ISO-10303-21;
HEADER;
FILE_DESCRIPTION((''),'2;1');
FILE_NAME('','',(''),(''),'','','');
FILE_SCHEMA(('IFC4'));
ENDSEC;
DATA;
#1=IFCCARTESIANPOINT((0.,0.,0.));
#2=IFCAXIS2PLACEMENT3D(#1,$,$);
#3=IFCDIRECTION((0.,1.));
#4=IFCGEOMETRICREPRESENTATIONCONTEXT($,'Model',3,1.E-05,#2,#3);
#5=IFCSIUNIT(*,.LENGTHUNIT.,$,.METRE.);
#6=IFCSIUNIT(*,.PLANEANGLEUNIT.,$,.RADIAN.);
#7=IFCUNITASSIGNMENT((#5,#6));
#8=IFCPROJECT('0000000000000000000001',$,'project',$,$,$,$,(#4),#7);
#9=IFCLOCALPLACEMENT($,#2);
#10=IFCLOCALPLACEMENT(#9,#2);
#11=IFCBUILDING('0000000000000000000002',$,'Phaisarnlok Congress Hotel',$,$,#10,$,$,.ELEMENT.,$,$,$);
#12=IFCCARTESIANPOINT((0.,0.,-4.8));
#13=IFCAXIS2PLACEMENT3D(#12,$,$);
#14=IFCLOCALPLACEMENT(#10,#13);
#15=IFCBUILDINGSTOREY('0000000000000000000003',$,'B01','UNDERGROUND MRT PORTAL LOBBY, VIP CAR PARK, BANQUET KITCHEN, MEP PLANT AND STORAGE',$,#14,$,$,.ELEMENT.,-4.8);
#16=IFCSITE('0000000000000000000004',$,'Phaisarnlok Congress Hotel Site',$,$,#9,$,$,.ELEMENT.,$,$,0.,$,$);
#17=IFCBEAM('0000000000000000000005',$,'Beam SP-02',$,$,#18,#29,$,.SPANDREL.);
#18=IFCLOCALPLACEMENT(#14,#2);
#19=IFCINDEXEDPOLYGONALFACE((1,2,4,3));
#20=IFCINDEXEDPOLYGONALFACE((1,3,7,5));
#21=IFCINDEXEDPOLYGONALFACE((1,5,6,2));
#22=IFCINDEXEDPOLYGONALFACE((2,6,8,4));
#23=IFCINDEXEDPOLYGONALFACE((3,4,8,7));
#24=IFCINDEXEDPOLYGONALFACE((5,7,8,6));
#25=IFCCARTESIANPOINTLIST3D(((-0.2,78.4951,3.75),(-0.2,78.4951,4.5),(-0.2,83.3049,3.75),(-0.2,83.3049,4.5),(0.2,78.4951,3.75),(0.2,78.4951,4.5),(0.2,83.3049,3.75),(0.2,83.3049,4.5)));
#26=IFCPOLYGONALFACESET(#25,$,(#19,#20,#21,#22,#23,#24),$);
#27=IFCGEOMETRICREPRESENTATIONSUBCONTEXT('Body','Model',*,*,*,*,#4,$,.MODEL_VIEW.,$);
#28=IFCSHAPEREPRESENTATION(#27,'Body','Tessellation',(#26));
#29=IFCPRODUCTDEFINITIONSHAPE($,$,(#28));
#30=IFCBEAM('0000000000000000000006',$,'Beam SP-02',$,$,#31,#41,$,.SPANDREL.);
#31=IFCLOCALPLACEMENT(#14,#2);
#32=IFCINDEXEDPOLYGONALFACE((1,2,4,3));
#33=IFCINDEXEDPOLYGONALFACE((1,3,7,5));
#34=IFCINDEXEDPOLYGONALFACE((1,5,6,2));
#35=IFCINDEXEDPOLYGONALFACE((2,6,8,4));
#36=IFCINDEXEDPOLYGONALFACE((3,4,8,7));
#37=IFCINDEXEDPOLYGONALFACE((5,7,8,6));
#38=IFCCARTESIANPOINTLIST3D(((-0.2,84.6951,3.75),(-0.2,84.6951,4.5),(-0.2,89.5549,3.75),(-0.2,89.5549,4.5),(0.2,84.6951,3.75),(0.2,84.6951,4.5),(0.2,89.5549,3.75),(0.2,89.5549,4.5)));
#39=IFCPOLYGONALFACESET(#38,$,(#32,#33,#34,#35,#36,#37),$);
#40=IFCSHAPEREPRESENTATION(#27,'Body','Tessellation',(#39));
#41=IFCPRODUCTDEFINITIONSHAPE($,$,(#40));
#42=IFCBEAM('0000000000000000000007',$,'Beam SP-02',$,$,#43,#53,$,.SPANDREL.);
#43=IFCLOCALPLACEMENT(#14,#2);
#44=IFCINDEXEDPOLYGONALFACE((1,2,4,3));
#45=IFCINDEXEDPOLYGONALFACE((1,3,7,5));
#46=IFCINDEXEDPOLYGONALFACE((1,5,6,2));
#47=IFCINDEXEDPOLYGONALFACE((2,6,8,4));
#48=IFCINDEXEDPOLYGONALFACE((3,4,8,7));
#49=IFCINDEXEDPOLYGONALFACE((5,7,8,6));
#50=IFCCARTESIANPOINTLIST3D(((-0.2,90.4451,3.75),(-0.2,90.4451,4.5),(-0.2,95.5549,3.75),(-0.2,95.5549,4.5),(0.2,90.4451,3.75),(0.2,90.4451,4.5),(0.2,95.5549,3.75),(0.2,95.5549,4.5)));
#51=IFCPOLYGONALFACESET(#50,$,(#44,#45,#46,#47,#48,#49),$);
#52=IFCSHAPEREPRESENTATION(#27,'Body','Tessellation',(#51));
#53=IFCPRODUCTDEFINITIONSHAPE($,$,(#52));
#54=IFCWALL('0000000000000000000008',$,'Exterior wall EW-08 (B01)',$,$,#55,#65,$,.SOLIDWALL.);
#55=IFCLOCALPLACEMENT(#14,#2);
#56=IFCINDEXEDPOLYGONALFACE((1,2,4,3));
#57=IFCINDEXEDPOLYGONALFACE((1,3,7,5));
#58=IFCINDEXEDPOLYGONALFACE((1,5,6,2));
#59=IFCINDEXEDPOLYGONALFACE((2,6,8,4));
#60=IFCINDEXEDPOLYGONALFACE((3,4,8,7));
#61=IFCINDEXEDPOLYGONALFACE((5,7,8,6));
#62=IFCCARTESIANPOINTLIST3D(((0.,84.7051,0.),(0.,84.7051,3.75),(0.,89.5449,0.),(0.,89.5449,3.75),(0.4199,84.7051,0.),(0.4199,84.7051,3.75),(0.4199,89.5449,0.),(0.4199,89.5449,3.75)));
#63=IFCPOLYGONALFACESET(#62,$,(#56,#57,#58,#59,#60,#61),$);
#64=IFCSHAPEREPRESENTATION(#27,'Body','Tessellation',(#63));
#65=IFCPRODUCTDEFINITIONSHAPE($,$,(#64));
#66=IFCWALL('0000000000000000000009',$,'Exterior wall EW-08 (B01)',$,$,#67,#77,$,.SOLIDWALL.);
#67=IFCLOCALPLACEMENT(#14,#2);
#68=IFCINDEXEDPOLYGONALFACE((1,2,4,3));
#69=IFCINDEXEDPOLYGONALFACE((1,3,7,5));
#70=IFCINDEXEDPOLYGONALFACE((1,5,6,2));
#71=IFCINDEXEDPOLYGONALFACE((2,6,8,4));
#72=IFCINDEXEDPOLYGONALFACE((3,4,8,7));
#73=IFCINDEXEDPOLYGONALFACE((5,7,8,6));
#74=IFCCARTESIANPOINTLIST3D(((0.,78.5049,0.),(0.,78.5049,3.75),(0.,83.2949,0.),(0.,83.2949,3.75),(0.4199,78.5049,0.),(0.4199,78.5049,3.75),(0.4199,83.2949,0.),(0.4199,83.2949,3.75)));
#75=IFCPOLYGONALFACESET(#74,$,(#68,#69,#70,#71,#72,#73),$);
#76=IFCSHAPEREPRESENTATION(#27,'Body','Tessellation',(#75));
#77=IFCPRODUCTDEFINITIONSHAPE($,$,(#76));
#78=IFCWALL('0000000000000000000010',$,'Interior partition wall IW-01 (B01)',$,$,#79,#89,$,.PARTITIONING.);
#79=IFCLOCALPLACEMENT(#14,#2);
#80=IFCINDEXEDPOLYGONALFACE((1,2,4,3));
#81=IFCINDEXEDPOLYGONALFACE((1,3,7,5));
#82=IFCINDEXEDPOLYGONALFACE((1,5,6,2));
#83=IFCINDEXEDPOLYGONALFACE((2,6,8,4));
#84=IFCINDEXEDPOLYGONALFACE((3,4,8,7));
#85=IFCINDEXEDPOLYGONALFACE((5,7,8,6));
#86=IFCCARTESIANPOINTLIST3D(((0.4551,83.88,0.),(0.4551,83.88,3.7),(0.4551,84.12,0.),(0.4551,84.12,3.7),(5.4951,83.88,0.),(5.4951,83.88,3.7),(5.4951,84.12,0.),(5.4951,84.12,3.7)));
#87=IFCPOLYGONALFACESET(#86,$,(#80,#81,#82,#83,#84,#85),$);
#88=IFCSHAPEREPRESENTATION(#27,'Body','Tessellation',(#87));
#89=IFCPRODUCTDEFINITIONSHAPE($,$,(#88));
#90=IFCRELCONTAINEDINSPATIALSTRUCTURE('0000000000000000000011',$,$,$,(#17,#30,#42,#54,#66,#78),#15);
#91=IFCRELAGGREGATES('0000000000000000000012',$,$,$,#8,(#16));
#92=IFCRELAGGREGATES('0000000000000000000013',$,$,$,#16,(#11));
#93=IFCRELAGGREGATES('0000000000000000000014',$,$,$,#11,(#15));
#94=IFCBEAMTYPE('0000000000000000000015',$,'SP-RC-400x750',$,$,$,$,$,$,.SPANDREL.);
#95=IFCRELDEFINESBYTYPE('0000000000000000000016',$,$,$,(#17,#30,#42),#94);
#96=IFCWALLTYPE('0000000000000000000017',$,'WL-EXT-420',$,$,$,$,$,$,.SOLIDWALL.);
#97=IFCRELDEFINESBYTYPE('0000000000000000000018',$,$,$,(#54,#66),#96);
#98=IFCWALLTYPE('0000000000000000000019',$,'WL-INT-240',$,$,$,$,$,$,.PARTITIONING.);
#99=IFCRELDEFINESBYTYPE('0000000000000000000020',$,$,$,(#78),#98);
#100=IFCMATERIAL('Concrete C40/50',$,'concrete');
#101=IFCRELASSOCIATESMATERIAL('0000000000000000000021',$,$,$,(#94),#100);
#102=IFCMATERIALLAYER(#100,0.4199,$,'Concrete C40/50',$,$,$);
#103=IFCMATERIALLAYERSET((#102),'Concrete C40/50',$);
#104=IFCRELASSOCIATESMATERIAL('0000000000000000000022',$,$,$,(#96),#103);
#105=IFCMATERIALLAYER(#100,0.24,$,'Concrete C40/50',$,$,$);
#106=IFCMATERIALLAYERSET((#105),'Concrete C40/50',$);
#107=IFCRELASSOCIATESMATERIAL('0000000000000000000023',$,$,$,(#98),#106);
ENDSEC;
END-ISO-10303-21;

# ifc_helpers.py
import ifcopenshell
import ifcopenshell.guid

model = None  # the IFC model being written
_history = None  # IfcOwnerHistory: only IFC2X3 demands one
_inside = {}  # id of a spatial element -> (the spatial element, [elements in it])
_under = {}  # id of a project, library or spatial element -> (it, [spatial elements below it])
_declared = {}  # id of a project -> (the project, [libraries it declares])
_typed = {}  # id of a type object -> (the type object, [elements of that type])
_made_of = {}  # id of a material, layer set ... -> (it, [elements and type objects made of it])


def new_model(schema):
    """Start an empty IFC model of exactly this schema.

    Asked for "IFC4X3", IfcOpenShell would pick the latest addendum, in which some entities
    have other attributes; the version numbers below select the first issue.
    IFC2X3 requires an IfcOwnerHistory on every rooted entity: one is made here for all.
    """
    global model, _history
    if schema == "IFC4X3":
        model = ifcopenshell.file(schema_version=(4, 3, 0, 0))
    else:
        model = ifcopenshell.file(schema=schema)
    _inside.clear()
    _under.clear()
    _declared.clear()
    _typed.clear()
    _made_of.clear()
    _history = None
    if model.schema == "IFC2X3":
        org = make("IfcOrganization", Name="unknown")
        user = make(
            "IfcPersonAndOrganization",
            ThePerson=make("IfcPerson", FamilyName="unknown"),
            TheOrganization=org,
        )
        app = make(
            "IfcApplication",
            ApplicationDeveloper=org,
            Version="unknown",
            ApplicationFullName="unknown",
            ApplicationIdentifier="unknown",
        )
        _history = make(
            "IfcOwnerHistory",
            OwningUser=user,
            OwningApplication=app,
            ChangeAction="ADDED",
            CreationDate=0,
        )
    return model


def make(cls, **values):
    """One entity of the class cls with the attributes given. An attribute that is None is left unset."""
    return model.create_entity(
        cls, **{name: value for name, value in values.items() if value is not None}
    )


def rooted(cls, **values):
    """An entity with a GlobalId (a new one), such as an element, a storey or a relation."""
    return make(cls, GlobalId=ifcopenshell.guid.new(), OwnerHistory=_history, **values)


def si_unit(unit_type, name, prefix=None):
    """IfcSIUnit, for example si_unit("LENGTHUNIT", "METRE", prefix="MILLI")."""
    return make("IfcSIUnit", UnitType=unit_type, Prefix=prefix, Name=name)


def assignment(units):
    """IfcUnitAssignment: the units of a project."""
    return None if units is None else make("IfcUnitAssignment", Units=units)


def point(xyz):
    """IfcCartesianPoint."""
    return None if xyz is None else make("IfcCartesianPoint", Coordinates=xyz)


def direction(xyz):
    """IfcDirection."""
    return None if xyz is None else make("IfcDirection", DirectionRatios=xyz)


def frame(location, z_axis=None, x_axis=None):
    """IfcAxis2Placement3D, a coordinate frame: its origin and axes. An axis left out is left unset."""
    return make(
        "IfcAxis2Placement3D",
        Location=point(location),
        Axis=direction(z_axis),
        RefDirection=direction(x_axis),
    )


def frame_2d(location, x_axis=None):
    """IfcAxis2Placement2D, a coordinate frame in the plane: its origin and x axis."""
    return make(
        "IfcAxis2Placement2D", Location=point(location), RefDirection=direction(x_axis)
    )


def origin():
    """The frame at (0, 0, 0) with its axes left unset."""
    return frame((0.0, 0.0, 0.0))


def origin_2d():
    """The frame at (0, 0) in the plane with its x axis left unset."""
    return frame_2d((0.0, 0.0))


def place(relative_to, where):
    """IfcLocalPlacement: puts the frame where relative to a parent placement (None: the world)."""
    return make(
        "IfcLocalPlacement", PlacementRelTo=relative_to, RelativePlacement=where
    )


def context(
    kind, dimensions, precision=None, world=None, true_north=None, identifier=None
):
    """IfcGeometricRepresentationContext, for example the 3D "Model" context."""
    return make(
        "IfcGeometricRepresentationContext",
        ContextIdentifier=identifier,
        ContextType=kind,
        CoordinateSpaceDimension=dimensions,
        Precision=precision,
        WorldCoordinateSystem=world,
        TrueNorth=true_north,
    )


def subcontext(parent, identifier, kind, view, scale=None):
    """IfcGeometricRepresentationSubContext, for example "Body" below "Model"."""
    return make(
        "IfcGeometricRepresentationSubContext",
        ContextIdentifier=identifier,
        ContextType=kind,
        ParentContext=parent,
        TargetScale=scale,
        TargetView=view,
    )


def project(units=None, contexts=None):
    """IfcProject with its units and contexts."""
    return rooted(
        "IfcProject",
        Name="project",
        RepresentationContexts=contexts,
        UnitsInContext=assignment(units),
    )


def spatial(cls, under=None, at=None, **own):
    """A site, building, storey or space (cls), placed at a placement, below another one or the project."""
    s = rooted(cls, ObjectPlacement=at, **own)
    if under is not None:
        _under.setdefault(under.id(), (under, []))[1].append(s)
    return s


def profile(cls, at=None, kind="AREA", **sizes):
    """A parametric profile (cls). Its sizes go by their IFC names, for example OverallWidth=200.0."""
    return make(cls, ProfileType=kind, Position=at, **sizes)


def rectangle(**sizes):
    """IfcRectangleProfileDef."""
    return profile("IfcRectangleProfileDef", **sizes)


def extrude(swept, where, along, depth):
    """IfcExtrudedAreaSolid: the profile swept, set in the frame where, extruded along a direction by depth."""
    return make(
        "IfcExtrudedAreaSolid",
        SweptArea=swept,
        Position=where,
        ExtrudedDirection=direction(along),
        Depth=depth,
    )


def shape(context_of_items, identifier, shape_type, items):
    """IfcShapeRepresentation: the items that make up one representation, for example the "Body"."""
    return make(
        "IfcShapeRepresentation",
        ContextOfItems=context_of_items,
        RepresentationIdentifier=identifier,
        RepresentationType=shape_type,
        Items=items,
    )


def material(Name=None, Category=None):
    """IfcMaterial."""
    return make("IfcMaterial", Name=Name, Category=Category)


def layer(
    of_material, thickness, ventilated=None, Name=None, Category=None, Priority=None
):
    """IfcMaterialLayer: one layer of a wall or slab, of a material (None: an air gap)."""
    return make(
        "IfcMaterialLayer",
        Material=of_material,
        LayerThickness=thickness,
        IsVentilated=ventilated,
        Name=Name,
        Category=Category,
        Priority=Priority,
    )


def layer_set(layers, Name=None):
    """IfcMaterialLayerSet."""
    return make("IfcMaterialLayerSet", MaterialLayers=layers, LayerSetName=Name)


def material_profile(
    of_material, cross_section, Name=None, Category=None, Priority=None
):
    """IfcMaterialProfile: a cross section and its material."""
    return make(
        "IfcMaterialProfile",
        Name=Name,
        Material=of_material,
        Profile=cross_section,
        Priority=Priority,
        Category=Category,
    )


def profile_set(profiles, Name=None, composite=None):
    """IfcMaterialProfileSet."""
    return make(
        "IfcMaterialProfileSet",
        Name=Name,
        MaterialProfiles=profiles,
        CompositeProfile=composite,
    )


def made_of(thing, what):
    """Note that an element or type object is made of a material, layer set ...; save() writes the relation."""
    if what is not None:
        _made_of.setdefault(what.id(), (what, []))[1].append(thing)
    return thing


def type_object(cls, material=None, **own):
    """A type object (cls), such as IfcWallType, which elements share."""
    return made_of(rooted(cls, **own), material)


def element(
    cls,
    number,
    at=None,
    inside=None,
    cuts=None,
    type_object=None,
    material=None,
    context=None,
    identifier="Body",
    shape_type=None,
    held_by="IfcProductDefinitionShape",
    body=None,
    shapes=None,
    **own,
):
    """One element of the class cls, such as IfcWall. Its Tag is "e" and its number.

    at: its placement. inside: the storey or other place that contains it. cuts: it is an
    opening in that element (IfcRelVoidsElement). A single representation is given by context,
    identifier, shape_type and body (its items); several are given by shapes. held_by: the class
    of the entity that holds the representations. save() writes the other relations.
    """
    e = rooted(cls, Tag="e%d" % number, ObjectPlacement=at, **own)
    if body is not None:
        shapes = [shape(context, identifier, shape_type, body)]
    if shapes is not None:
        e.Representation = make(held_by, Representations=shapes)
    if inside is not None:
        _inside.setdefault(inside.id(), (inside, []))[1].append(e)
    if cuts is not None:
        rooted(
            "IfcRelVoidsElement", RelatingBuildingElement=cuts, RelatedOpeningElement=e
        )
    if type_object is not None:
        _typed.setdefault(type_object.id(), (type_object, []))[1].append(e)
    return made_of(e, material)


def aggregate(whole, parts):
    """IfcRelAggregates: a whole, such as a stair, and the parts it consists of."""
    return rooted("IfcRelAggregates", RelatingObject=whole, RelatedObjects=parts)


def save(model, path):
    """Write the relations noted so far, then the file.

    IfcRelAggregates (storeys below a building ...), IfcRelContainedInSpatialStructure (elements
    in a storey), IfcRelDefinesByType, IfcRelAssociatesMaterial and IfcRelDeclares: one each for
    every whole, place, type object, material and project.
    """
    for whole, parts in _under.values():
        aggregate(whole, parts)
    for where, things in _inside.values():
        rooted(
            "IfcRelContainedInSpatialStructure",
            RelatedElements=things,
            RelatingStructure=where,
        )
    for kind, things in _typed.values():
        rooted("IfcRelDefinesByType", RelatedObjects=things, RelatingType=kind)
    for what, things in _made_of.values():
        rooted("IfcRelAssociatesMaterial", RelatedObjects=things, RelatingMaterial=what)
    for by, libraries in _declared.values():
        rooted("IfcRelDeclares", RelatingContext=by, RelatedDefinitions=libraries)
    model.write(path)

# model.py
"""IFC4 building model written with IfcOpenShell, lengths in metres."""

from ifc_helpers import new_model, si_unit, direction, frame, frame_2d, origin, origin_2d, place, context, subcontext, project, spatial, rectangle, extrude, material, layer, layer_set, material_profile, profile_set, type_object, element, save


model = new_model("IFC4")

# Units and contexts
model_context = context("Model", 3, precision=1e-05, world=origin(), true_north=direction((0.0, 1.0)))
body_context = subcontext(model_context, "Body", "Model", "MODEL_VIEW")
ifc_project = project(units=[si_unit("LENGTHUNIT", "METRE"), si_unit("PLANEANGLEUNIT", "RADIAN")], contexts=[model_context])

# Site, building, storey
site_placement = place(None, origin())
site = spatial("IfcSite", under=ifc_project, at=site_placement, Name="Phaisarnlok Congress Hotel Site", CompositionType="ELEMENT", RefElevation=0.0)
building_placement = place(site_placement, origin())
building = spatial("IfcBuilding", under=site, at=building_placement, Name="Phaisarnlok Congress Hotel", CompositionType="ELEMENT")
storey_placement = place(building_placement, frame((0.0, 0.0, -4.8)))
storey = spatial("IfcBuildingStorey", under=building, at=storey_placement, Name="B01", Description="UNDERGROUND MRT PORTAL LOBBY, VIP CAR PARK, BANQUET KITCHEN, MEP PLANT AND STORAGE", CompositionType="ELEMENT", Elevation=-4.8)

# Shared definitions
ifc_material_1 = material(Name="Concrete C40/50", Category="concrete")

# Beams
ifc_material_profile_1 = material_profile(ifc_material_1, rectangle(XDim=0.3999, YDim=0.75, at=origin_2d()), Name="RC 400x750")
ifc_profile_set_1 = profile_set([ifc_material_profile_1], Name="Concrete C40/50")
beam_type_1 = type_object("IfcBeamType", Name="SP-RC-400x750", PredefinedType="SPANDREL", material=ifc_profile_set_1)
beam_1_placement = place(storey_placement, frame((0.0, 78.4951, 4.125), z_axis=(0.0, 1.0, 0.0), x_axis=(-1.0, 0.0, 0.0)))
element("IfcBeam", 1, at=beam_1_placement, inside=storey, type_object=beam_type_1, Name="Beam SP-02", PredefinedType="SPANDREL", context=body_context, shape_type="SweptSolid", body=[
    extrude(rectangle(XDim=0.3999, YDim=0.75, at=origin_2d()), origin(), (0.0, 0.0, 1.0), 4.8098),
])
beam_2_placement = place(storey_placement, frame((0.0, 84.6951, 4.125), z_axis=(0.0, 1.0, 0.0), x_axis=(-1.0, 0.0, 0.0)))
element("IfcBeam", 2, at=beam_2_placement, inside=storey, type_object=beam_type_1, Name="Beam SP-02", PredefinedType="SPANDREL", context=body_context, shape_type="SweptSolid", body=[
    extrude(rectangle(XDim=0.3999, YDim=0.75, at=origin_2d()), origin(), (0.0, 0.0, 1.0), 4.8599),
])
beam_3_placement = place(storey_placement, frame((0.0, 90.4451, 4.125), z_axis=(0.0, 1.0, 0.0), x_axis=(-1.0, 0.0, 0.0)))
element("IfcBeam", 3, at=beam_3_placement, inside=storey, type_object=beam_type_1, Name="Beam SP-02", PredefinedType="SPANDREL", context=body_context, shape_type="SweptSolid", body=[
    extrude(rectangle(XDim=0.3999, YDim=0.75, at=origin_2d()), origin(), (0.0, 0.0, 1.0), 5.1099),
])

# Walls
ifc_layer_1 = layer(ifc_material_1, 0.4199, Name="Concrete C40/50")
ifc_layer_set_1 = layer_set([ifc_layer_1], Name="Concrete C40/50")
wall_type_1 = type_object("IfcWallType", Name="WL-EXT-420", PredefinedType="SOLIDWALL", material=ifc_layer_set_1)
wall_1_placement = place(storey_placement, frame((0.21, 89.5449, 0.0), z_axis=(0.0, 0.0, 1.0), x_axis=(0.0, -1.0, 0.0)))
element("IfcWall", 4, at=wall_1_placement, inside=storey, type_object=wall_type_1, Name="Exterior wall EW-08 (B01)", PredefinedType="SOLIDWALL", context=body_context, shape_type="SweptSolid", body=[
    extrude(rectangle(XDim=4.8398, YDim=0.4199, at=frame_2d((2.4199, 0.0))), origin(), (0.0, 0.0, 1.0), 3.75),
])
wall_2_placement = place(storey_placement, frame((0.21, 83.2949, 0.0), z_axis=(0.0, 0.0, 1.0), x_axis=(0.0, -1.0, 0.0)))
element("IfcWall", 5, at=wall_2_placement, inside=storey, type_object=wall_type_1, Name="Exterior wall EW-08 (B01)", PredefinedType="SOLIDWALL", context=body_context, shape_type="SweptSolid", body=[
    extrude(rectangle(XDim=4.79, YDim=0.4199, at=frame_2d((2.395, 0.0))), origin(), (0.0, 0.0, 1.0), 3.75),
])
ifc_layer_2 = layer(ifc_material_1, 0.24, Name="Concrete C40/50")
ifc_layer_set_2 = layer_set([ifc_layer_2], Name="Concrete C40/50")
wall_type_2 = type_object("IfcWallType", Name="WL-INT-240", PredefinedType="PARTITIONING", material=ifc_layer_set_2)
wall_3_placement = place(storey_placement, frame((0.4551, 84.0, 0.0), z_axis=(0.0, 0.0, 1.0), x_axis=(1.0, 0.0, 0.0)))
element("IfcWall", 6, at=wall_3_placement, inside=storey, type_object=wall_type_2, Name="Interior partition wall IW-01 (B01)", PredefinedType="PARTITIONING", context=body_context, shape_type="SweptSolid", body=[
    extrude(rectangle(XDim=5.04, YDim=0.24, at=frame_2d((2.52, 0.0))), origin(), (0.0, 0.0, 1.0), 3.7),
])

save(model, "model.ifc")
